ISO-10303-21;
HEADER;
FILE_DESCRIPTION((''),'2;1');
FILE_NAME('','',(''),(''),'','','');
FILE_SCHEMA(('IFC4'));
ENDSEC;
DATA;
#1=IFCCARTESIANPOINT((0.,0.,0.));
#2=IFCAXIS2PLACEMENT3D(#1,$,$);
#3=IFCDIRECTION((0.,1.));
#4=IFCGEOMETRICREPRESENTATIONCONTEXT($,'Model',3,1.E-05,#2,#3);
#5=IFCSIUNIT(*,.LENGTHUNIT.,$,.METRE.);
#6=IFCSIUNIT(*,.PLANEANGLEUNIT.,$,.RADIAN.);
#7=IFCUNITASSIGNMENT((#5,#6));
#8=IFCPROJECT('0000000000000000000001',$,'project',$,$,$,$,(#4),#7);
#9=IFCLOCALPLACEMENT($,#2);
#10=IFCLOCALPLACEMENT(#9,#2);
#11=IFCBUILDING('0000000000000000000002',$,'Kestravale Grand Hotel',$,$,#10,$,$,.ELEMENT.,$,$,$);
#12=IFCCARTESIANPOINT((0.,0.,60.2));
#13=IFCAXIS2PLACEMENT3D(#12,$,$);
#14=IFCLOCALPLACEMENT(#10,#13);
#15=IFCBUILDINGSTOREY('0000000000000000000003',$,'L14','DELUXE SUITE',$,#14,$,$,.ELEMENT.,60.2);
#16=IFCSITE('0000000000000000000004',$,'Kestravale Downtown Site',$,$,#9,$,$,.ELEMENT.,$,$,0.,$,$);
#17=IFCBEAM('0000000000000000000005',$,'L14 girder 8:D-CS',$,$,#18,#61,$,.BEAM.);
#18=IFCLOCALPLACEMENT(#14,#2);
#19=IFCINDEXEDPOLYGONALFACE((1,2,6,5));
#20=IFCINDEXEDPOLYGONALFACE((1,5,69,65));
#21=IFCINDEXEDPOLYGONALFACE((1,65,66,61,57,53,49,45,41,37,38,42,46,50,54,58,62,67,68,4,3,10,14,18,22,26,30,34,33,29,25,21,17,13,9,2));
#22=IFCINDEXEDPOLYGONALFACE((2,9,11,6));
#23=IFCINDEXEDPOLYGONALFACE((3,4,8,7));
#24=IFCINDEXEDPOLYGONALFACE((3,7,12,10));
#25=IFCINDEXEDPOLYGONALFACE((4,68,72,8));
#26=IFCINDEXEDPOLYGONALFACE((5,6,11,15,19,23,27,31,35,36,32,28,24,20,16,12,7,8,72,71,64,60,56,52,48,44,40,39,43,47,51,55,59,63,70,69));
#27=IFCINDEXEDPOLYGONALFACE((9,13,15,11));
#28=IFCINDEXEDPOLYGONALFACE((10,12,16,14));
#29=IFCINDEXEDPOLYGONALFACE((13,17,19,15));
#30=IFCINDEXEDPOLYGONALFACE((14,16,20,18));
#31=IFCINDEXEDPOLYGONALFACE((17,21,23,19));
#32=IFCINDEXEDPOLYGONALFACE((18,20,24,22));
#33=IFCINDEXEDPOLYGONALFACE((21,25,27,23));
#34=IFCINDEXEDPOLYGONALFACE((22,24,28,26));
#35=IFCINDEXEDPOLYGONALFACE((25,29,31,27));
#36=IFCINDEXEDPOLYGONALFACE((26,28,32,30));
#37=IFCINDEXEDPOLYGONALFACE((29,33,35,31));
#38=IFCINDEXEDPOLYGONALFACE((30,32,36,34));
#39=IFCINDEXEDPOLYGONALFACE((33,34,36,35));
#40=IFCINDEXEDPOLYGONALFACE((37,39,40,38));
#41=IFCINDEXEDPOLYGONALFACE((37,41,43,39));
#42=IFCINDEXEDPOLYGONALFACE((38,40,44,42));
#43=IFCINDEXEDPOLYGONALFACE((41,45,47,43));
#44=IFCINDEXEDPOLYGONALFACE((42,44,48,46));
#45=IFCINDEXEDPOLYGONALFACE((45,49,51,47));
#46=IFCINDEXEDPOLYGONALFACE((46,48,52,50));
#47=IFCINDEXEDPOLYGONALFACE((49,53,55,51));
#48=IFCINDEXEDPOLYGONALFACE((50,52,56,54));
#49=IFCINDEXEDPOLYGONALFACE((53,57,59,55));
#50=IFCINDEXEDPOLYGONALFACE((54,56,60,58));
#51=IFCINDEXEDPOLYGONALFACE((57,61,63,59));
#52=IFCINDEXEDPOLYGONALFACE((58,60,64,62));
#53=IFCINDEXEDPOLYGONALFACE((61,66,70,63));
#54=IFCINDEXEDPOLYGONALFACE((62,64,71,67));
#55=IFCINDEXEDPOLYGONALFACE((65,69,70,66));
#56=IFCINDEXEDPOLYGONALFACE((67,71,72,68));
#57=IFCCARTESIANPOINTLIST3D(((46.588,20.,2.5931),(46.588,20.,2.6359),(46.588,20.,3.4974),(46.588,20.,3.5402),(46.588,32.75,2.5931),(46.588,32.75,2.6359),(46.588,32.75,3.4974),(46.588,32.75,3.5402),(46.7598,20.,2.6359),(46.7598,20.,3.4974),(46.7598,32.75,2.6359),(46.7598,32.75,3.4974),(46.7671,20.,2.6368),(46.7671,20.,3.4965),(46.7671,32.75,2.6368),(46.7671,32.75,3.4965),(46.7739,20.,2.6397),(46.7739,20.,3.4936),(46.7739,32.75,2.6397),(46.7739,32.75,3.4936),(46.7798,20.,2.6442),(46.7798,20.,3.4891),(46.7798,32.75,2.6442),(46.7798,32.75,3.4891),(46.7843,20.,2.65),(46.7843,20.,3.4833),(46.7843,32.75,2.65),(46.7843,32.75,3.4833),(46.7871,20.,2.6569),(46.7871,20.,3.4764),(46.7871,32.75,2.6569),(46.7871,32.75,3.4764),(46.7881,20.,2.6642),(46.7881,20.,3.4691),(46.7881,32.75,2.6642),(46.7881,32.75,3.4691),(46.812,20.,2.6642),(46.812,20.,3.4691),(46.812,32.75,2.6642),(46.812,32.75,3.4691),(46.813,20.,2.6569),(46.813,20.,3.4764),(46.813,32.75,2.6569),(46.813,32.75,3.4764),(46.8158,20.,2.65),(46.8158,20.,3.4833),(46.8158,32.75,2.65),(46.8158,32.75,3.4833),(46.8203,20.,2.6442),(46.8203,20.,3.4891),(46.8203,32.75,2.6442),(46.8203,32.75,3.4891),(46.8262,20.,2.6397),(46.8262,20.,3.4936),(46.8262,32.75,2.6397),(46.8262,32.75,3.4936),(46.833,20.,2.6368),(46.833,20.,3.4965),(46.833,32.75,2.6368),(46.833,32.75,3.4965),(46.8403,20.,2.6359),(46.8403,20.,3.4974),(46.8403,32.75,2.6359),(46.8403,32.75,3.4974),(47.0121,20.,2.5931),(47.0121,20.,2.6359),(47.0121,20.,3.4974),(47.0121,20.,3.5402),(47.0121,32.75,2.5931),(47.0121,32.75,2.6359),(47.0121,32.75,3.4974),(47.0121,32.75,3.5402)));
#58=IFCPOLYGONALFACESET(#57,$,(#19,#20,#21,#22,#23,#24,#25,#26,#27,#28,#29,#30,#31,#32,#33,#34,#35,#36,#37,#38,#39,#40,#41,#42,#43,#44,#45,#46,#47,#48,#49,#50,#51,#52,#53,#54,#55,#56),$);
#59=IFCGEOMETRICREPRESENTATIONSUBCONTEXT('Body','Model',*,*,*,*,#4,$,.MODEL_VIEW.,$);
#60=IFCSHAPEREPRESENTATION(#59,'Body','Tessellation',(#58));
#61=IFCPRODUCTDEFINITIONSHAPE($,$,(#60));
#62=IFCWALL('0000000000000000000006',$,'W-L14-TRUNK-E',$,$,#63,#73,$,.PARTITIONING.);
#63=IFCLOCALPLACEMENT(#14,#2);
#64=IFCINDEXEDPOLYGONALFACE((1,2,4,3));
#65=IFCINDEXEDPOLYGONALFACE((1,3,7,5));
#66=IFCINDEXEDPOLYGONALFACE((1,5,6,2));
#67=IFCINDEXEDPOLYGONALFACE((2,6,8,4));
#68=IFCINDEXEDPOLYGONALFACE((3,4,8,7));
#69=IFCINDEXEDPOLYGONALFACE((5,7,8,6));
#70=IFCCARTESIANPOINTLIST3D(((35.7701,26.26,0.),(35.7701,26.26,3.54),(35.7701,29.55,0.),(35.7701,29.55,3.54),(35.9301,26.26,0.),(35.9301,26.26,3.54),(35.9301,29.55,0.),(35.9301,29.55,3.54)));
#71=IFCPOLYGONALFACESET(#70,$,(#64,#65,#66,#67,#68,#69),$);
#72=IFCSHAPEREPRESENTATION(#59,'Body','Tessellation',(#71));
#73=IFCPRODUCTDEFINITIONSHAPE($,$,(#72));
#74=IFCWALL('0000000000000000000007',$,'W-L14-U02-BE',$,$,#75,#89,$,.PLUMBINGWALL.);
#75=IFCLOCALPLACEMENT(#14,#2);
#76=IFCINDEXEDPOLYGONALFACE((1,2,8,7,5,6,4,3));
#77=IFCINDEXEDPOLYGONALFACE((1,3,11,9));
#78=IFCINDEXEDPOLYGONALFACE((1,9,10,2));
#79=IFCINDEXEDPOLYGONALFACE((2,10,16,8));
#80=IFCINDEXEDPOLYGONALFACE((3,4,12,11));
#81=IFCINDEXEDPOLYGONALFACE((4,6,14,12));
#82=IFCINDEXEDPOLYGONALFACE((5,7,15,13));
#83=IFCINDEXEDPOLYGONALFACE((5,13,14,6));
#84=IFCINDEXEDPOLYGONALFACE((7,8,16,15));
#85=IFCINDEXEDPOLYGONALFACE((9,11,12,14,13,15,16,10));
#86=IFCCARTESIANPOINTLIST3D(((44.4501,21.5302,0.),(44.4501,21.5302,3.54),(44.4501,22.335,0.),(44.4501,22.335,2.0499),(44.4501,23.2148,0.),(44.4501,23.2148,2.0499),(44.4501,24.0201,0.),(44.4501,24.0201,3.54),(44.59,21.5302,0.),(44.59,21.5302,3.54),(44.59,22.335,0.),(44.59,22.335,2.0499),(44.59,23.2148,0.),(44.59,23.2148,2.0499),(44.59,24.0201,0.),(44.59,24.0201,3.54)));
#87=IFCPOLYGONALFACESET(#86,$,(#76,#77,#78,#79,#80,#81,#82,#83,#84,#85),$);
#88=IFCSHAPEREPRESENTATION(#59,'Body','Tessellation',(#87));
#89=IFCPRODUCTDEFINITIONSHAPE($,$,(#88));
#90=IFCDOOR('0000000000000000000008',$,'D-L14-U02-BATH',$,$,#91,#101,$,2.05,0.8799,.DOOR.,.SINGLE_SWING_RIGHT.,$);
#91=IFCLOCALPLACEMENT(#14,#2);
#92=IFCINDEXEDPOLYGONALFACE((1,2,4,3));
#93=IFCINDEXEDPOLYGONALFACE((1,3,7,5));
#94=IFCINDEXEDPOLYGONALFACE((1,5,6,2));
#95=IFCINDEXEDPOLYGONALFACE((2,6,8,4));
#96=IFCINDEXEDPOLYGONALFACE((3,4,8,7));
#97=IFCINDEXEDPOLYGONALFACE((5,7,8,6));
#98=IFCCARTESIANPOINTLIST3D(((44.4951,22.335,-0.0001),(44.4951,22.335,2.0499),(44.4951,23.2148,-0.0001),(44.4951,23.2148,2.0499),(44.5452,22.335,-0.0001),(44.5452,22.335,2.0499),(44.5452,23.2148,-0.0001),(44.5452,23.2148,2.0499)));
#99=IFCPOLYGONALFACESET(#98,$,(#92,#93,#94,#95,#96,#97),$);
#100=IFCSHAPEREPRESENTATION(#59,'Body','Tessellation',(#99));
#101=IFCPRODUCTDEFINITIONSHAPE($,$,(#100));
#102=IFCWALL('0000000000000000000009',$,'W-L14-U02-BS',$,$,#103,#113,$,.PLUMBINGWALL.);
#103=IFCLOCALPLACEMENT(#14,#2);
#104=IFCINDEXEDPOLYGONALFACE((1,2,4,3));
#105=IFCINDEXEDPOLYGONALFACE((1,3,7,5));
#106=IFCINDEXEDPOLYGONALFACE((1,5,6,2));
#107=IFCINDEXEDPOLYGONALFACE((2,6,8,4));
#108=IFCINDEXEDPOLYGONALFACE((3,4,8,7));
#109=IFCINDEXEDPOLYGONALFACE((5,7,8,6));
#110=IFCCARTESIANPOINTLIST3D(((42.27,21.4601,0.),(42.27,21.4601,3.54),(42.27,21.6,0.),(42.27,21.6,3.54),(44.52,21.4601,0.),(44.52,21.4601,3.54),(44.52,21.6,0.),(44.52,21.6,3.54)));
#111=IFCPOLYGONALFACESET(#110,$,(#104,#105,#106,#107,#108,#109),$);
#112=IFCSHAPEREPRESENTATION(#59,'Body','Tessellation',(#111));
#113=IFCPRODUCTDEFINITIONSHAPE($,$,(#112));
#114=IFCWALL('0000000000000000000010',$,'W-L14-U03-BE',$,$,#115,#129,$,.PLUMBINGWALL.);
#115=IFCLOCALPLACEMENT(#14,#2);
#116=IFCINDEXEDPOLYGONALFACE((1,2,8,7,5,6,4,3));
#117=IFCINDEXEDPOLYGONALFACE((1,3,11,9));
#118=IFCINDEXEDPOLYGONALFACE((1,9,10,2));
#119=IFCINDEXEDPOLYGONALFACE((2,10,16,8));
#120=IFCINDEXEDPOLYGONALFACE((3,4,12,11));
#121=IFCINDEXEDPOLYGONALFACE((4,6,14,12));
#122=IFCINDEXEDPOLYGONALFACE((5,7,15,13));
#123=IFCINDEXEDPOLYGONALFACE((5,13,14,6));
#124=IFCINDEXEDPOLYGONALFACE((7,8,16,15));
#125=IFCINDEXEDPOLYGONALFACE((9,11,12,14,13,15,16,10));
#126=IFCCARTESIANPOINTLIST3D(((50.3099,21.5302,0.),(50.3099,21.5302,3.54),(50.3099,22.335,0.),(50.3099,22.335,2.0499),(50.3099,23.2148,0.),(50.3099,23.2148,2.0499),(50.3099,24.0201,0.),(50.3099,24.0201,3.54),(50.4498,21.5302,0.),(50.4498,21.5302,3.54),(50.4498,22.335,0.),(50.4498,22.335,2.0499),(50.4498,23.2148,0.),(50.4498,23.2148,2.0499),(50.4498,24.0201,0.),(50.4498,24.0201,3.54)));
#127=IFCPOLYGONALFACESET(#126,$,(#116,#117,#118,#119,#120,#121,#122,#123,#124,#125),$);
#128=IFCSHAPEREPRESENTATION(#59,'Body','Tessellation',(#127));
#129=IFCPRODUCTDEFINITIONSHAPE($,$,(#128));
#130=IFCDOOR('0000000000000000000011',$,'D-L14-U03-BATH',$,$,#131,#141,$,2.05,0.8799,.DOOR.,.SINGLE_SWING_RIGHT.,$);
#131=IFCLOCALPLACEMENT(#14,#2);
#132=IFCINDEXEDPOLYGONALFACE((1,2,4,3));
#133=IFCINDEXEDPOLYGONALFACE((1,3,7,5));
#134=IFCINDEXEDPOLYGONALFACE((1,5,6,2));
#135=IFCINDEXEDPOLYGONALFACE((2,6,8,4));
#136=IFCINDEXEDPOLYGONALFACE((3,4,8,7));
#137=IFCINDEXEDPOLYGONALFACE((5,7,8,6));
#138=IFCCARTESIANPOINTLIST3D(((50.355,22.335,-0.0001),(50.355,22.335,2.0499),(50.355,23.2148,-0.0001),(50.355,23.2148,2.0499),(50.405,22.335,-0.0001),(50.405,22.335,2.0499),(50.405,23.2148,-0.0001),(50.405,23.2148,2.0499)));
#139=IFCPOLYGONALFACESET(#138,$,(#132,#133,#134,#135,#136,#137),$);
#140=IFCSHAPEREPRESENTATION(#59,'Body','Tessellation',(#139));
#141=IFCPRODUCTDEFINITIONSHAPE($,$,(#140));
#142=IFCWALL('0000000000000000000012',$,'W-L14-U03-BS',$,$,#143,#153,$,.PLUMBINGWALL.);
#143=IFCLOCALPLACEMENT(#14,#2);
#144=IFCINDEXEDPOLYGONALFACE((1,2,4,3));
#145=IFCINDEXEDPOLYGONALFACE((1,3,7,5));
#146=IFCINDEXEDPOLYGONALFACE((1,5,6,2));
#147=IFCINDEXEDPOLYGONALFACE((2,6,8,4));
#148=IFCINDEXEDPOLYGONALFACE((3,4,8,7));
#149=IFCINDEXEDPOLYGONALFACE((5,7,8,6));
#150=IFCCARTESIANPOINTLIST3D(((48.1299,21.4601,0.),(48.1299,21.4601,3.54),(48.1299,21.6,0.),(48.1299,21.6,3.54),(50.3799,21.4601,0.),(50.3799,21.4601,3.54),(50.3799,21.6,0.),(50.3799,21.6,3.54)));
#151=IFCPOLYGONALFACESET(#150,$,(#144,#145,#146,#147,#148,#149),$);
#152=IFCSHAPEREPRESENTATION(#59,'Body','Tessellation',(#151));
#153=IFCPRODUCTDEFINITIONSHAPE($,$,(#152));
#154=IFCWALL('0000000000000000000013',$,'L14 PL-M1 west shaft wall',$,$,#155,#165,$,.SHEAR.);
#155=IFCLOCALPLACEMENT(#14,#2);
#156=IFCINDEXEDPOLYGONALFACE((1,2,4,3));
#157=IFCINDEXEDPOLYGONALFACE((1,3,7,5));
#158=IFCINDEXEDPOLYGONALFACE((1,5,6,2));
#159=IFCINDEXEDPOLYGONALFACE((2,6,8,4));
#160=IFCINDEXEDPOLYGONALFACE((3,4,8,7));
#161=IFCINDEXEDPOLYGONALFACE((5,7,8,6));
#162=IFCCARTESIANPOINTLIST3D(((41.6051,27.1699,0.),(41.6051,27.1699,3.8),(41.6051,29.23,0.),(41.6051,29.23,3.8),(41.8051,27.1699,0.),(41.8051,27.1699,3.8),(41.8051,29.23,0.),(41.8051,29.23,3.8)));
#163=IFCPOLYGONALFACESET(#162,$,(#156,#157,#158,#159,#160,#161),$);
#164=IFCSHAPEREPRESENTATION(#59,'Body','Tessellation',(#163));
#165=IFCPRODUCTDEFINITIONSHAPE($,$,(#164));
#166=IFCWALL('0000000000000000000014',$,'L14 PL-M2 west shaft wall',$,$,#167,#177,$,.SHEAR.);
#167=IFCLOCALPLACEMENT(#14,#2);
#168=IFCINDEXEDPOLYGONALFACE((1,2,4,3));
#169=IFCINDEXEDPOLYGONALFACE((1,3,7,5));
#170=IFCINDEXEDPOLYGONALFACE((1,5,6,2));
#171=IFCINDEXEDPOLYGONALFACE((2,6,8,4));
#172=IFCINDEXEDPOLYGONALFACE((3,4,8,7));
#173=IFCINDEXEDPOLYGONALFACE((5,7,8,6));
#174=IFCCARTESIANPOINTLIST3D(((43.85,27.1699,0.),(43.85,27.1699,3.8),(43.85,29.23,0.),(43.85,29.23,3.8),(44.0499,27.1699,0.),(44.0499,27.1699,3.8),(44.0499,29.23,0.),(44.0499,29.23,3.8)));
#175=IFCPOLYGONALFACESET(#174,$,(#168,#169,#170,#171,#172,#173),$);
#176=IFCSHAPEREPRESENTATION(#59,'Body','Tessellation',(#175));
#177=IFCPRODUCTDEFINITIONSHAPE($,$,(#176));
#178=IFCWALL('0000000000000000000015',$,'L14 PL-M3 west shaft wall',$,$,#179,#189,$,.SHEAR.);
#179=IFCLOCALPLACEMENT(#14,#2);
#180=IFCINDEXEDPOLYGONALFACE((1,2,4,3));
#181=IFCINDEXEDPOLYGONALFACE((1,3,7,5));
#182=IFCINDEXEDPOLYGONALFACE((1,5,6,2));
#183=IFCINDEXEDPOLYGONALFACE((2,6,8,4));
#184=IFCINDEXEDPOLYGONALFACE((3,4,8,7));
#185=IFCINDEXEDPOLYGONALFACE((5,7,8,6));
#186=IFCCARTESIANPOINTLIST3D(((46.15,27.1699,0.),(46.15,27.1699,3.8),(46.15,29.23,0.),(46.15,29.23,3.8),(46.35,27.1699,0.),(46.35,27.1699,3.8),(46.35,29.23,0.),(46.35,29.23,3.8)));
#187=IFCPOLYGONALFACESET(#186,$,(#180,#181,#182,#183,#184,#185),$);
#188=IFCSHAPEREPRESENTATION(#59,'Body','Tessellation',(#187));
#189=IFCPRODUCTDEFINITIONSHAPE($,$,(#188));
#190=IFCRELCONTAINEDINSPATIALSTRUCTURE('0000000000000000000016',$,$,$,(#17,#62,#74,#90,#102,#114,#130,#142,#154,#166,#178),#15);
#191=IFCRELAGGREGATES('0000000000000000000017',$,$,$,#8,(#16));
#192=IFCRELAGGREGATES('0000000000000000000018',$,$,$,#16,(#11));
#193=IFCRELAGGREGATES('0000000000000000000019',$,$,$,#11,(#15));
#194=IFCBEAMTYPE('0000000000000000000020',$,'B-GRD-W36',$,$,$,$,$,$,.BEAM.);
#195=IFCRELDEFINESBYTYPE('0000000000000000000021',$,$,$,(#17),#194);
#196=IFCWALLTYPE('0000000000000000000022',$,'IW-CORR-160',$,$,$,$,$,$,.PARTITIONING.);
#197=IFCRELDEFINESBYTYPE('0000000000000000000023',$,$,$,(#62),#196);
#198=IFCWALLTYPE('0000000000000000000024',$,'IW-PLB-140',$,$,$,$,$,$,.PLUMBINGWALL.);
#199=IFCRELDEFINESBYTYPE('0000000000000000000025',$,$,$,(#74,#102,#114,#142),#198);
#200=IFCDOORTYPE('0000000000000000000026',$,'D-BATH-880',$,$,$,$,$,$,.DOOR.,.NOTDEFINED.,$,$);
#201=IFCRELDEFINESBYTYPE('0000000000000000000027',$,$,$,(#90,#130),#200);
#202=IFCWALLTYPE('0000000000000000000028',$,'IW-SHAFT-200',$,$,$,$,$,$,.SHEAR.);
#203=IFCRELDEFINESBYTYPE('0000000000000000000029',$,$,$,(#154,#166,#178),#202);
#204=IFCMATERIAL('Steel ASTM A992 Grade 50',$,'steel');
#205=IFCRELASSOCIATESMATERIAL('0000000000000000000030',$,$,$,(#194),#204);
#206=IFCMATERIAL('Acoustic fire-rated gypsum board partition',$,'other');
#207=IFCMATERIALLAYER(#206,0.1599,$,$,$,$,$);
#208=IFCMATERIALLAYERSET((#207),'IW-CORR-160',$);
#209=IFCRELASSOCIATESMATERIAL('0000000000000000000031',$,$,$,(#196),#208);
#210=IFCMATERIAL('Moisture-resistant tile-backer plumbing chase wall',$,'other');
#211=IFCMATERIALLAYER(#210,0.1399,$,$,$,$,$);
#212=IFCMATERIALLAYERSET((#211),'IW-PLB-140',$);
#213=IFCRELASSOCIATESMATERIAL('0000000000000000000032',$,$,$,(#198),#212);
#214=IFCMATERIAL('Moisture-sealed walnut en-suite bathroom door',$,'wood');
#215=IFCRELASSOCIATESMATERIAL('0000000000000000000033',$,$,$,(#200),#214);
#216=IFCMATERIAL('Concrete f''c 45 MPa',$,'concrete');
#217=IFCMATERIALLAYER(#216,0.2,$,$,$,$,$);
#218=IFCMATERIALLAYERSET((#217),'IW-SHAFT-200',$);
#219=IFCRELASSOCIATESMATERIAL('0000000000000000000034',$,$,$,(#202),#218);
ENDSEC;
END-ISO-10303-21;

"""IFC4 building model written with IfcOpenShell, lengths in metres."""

from ifc_helpers import new_model, si_unit, direction, frame, frame_2d, origin, origin_2d, place, context, subcontext, project, spatial, rectangle, i_section, extrude, material, layer, layer_set, material_profile, profile_set, type_object, element, fill, save


model = new_model("IFC4")

# Units and contexts
model_context = context("Model", 3, precision=1e-05, world=origin(), true_north=direction((0.0, 1.0)))
body_context = subcontext(model_context, "Body", "Model", "MODEL_VIEW")
ifc_project = project(units=[si_unit("LENGTHUNIT", "METRE"), si_unit("PLANEANGLEUNIT", "RADIAN")], contexts=[model_context])

# Site, building, storey
site_placement = place(None, origin())
site = spatial("IfcSite", under=ifc_project, at=site_placement, Name="Kestravale Downtown Site", CompositionType="ELEMENT", RefElevation=0.0)
building_placement = place(site_placement, origin())
building = spatial("IfcBuilding", under=site, at=building_placement, Name="Kestravale Grand Hotel", CompositionType="ELEMENT")
storey_placement = place(building_placement, frame((0.0, 0.0, 60.2)))
storey = spatial("IfcBuildingStorey", under=building, at=storey_placement, Name="L14", Description="DELUXE SUITE", CompositionType="ELEMENT", Elevation=60.2)

# Beam
ifc_material_1 = material(Name="Steel ASTM A992 Grade 50", Category="steel")
ifc_material_profile_1 = material_profile(ifc_material_1, i_section(OverallWidth=0.4241, OverallDepth=0.947, WebThickness=0.0239, FlangeThickness=0.0427, FilletRadius=0.0283, at=origin_2d()))
ifc_profile_set_1 = profile_set([ifc_material_profile_1], Name="Steel ASTM A992 Grade 50")
beam_type = type_object("IfcBeamType", Name="B-GRD-W36", PredefinedType="BEAM", material=ifc_profile_set_1)
beam_1_placement = place(storey_placement, frame((46.8, 20.0, 3.0667), z_axis=(0.0, 1.0, 0.0), x_axis=(-1.0, 0.0, 0.0)))
element("IfcBeam", 1, at=beam_1_placement, inside=storey, type_object=beam_type, Name="L14 girder 8:D-CS", PredefinedType="BEAM", context=body_context, shape_type="SweptSolid", body=[
    extrude(i_section(OverallWidth=0.4241, OverallDepth=0.947, WebThickness=0.0239, FlangeThickness=0.0427, FilletRadius=0.0283, at=origin_2d()), origin(), (0.0, 0.0, 1.0), 12.75),
])

# Wall
ifc_material_2 = material(Name="Acoustic fire-rated gypsum board partition", Category="other")
ifc_layer_1 = layer(ifc_material_2, 0.1599)
ifc_layer_set_1 = layer_set([ifc_layer_1], Name="IW-CORR-160")
wall_type_1 = type_object("IfcWallType", Name="IW-CORR-160", PredefinedType="PARTITIONING", material=ifc_layer_set_1)
wall_1_placement = place(storey_placement, frame((35.8501, 26.26, 0.0), z_axis=(0.0, 0.0, 1.0), x_axis=(0.0, 1.0, 0.0)))
element("IfcWall", 2, at=wall_1_placement, inside=storey, type_object=wall_type_1, Name="W-L14-TRUNK-E", PredefinedType="PARTITIONING", context=body_context, shape_type="SweptSolid", body=[
    extrude(rectangle(XDim=3.29, YDim=0.1599, at=frame_2d((1.645, 0.0))), origin(), (0.0, 0.0, 1.0), 3.54),
])

# Wall, opening, door
ifc_material_3 = material(Name="Moisture-resistant tile-backer plumbing chase wall", Category="other")
ifc_layer_2 = layer(ifc_material_3, 0.1399)
ifc_layer_set_2 = layer_set([ifc_layer_2], Name="IW-PLB-140")
wall_type_2 = type_object("IfcWallType", Name="IW-PLB-140", PredefinedType="PLUMBINGWALL", material=ifc_layer_set_2)
wall_2_placement = place(storey_placement, frame((44.52, 21.53, 0.0), z_axis=(0.0, 0.0, 1.0), x_axis=(0.0, 1.0, 0.0)))
wall_2 = element("IfcWall", 3, at=wall_2_placement, inside=storey, type_object=wall_type_2, Name="W-L14-U02-BE", PredefinedType="PLUMBINGWALL", context=body_context, shape_type="SweptSolid", body=[
    extrude(rectangle(XDim=2.49, YDim=0.1399, at=frame_2d((1.2451, 0.0))), origin(), (0.0, 0.0, 1.0), 3.54),
])
opening_1_placement = place(wall_2_placement, frame((0.8049, 0.0, 0.0)))
opening_1 = element("IfcOpeningElement", 4, at=opening_1_placement, cuts=wall_2, PredefinedType="OPENING", context=body_context, shape_type="SweptSolid", body=[
    extrude(rectangle(XDim=0.8799, YDim=2.05, at=frame_2d((0.4399, 1.0249))), frame((0.0, 0.0798, 0.0), z_axis=(0.0, -1.0, 0.0), x_axis=(1.0, 0.0, 0.0)), (0.0, 0.0, 1.0), 0.1599),
])
ifc_material_4 = material(Name="Moisture-sealed walnut en-suite bathroom door", Category="wood")
door_type = type_object("IfcDoorType", Name="D-BATH-880", OperationType="NOTDEFINED", PredefinedType="DOOR", material=ifc_material_4)
door_1_placement = place(opening_1_placement, origin())
door_1 = element("IfcDoor", 5, at=door_1_placement, inside=storey, type_object=door_type, Name="D-L14-U02-BATH", OperationType="SINGLE_SWING_RIGHT", OverallHeight=2.05, OverallWidth=0.8799, PredefinedType="DOOR", context=body_context, shape_type="SweptSolid", body=[
    extrude(rectangle(XDim=0.8799, YDim=2.05, at=frame_2d((0.4399, 1.0249))), frame((0.0, 0.0249, 0.0), z_axis=(0.0, -1.0, 0.0), x_axis=(1.0, 0.0, 0.0)), (0.0, 0.0, 1.0), 0.05),
])
fill(opening_1, door_1)

# Wall
wall_3_placement = place(storey_placement, frame((42.27, 21.53, 0.0), z_axis=(0.0, 0.0, 1.0), x_axis=(1.0, 0.0, 0.0)))
element("IfcWall", 6, at=wall_3_placement, inside=storey, type_object=wall_type_2, Name="W-L14-U02-BS", PredefinedType="PLUMBINGWALL", context=body_context, shape_type="SweptSolid", body=[
    extrude(rectangle(XDim=2.25, YDim=0.1399, at=frame_2d((1.125, 0.0))), origin(), (0.0, 0.0, 1.0), 3.54),
])

# Wall, opening, door
wall_4_placement = place(storey_placement, frame((50.3799, 21.53, 0.0), z_axis=(0.0, 0.0, 1.0), x_axis=(0.0, 1.0, 0.0)))
wall_4 = element("IfcWall", 7, at=wall_4_placement, inside=storey, type_object=wall_type_2, Name="W-L14-U03-BE", PredefinedType="PLUMBINGWALL", context=body_context, shape_type="SweptSolid", body=[
    extrude(rectangle(XDim=2.49, YDim=0.1399, at=frame_2d((1.2451, 0.0))), origin(), (0.0, 0.0, 1.0), 3.54),
])
opening_2_placement = place(wall_4_placement, frame((0.8049, 0.0, 0.0)))
opening_2 = element("IfcOpeningElement", 8, at=opening_2_placement, cuts=wall_4, PredefinedType="OPENING", context=body_context, shape_type="SweptSolid", body=[
    extrude(rectangle(XDim=0.8799, YDim=2.05, at=frame_2d((0.4399, 1.0249))), frame((0.0, 0.0798, 0.0), z_axis=(0.0, -1.0, 0.0), x_axis=(1.0, 0.0, 0.0)), (0.0, 0.0, 1.0), 0.1599),
])
door_2_placement = place(opening_2_placement, origin())
door_2 = element("IfcDoor", 9, at=door_2_placement, inside=storey, type_object=door_type, Name="D-L14-U03-BATH", OperationType="SINGLE_SWING_RIGHT", OverallHeight=2.05, OverallWidth=0.8799, PredefinedType="DOOR", context=body_context, shape_type="SweptSolid", body=[
    extrude(rectangle(XDim=0.8799, YDim=2.05, at=frame_2d((0.4399, 1.0249))), frame((0.0, 0.0249, 0.0), z_axis=(0.0, -1.0, 0.0), x_axis=(1.0, 0.0, 0.0)), (0.0, 0.0, 1.0), 0.05),
])
fill(opening_2, door_2)

# Walls
wall_5_placement = place(storey_placement, frame((48.1299, 21.53, 0.0), z_axis=(0.0, 0.0, 1.0), x_axis=(1.0, 0.0, 0.0)))
element("IfcWall", 10, at=wall_5_placement, inside=storey, type_object=wall_type_2, Name="W-L14-U03-BS", PredefinedType="PLUMBINGWALL", context=body_context, shape_type="SweptSolid", body=[
    extrude(rectangle(XDim=2.25, YDim=0.1399, at=frame_2d((1.125, 0.0))), origin(), (0.0, 0.0, 1.0), 3.54),
])
ifc_material_5 = material(Name="Concrete f'c 45 MPa", Category="concrete")
ifc_layer_3 = layer(ifc_material_5, 0.2)
ifc_layer_set_3 = layer_set([ifc_layer_3], Name="IW-SHAFT-200")
wall_type_3 = type_object("IfcWallType", Name="IW-SHAFT-200", PredefinedType="SHEAR", material=ifc_layer_set_3)
for number, where, z_axis, x_axis, name in (
    (11, (41.7051, 27.1699, 0.0), (0.0, 0.0, 1.0), (0.0, 1.0, 0.0), "L14 PL-M1 west shaft wall"),
    (12, (43.95, 27.1699, 0.0), (0.0, 0.0, 1.0), (0.0, 1.0, 0.0), "L14 PL-M2 west shaft wall"),
    (13, (46.25, 27.1699, 0.0), (0.0, 0.0, 1.0), (0.0, 1.0, 0.0), "L14 PL-M3 west shaft wall"),
):
    element("IfcWall", number, at=place(storey_placement, frame(where, z_axis=z_axis, x_axis=x_axis)), inside=storey, type_object=wall_type_3, Name=name, PredefinedType="SHEAR", context=body_context, shape_type="SweptSolid", body=[
        extrude(rectangle(XDim=2.0601, YDim=0.2, at=frame_2d((1.03, 0.0))), origin(), (0.0, 0.0, 1.0), 3.8),
    ])

save(model, "model.ifc")
